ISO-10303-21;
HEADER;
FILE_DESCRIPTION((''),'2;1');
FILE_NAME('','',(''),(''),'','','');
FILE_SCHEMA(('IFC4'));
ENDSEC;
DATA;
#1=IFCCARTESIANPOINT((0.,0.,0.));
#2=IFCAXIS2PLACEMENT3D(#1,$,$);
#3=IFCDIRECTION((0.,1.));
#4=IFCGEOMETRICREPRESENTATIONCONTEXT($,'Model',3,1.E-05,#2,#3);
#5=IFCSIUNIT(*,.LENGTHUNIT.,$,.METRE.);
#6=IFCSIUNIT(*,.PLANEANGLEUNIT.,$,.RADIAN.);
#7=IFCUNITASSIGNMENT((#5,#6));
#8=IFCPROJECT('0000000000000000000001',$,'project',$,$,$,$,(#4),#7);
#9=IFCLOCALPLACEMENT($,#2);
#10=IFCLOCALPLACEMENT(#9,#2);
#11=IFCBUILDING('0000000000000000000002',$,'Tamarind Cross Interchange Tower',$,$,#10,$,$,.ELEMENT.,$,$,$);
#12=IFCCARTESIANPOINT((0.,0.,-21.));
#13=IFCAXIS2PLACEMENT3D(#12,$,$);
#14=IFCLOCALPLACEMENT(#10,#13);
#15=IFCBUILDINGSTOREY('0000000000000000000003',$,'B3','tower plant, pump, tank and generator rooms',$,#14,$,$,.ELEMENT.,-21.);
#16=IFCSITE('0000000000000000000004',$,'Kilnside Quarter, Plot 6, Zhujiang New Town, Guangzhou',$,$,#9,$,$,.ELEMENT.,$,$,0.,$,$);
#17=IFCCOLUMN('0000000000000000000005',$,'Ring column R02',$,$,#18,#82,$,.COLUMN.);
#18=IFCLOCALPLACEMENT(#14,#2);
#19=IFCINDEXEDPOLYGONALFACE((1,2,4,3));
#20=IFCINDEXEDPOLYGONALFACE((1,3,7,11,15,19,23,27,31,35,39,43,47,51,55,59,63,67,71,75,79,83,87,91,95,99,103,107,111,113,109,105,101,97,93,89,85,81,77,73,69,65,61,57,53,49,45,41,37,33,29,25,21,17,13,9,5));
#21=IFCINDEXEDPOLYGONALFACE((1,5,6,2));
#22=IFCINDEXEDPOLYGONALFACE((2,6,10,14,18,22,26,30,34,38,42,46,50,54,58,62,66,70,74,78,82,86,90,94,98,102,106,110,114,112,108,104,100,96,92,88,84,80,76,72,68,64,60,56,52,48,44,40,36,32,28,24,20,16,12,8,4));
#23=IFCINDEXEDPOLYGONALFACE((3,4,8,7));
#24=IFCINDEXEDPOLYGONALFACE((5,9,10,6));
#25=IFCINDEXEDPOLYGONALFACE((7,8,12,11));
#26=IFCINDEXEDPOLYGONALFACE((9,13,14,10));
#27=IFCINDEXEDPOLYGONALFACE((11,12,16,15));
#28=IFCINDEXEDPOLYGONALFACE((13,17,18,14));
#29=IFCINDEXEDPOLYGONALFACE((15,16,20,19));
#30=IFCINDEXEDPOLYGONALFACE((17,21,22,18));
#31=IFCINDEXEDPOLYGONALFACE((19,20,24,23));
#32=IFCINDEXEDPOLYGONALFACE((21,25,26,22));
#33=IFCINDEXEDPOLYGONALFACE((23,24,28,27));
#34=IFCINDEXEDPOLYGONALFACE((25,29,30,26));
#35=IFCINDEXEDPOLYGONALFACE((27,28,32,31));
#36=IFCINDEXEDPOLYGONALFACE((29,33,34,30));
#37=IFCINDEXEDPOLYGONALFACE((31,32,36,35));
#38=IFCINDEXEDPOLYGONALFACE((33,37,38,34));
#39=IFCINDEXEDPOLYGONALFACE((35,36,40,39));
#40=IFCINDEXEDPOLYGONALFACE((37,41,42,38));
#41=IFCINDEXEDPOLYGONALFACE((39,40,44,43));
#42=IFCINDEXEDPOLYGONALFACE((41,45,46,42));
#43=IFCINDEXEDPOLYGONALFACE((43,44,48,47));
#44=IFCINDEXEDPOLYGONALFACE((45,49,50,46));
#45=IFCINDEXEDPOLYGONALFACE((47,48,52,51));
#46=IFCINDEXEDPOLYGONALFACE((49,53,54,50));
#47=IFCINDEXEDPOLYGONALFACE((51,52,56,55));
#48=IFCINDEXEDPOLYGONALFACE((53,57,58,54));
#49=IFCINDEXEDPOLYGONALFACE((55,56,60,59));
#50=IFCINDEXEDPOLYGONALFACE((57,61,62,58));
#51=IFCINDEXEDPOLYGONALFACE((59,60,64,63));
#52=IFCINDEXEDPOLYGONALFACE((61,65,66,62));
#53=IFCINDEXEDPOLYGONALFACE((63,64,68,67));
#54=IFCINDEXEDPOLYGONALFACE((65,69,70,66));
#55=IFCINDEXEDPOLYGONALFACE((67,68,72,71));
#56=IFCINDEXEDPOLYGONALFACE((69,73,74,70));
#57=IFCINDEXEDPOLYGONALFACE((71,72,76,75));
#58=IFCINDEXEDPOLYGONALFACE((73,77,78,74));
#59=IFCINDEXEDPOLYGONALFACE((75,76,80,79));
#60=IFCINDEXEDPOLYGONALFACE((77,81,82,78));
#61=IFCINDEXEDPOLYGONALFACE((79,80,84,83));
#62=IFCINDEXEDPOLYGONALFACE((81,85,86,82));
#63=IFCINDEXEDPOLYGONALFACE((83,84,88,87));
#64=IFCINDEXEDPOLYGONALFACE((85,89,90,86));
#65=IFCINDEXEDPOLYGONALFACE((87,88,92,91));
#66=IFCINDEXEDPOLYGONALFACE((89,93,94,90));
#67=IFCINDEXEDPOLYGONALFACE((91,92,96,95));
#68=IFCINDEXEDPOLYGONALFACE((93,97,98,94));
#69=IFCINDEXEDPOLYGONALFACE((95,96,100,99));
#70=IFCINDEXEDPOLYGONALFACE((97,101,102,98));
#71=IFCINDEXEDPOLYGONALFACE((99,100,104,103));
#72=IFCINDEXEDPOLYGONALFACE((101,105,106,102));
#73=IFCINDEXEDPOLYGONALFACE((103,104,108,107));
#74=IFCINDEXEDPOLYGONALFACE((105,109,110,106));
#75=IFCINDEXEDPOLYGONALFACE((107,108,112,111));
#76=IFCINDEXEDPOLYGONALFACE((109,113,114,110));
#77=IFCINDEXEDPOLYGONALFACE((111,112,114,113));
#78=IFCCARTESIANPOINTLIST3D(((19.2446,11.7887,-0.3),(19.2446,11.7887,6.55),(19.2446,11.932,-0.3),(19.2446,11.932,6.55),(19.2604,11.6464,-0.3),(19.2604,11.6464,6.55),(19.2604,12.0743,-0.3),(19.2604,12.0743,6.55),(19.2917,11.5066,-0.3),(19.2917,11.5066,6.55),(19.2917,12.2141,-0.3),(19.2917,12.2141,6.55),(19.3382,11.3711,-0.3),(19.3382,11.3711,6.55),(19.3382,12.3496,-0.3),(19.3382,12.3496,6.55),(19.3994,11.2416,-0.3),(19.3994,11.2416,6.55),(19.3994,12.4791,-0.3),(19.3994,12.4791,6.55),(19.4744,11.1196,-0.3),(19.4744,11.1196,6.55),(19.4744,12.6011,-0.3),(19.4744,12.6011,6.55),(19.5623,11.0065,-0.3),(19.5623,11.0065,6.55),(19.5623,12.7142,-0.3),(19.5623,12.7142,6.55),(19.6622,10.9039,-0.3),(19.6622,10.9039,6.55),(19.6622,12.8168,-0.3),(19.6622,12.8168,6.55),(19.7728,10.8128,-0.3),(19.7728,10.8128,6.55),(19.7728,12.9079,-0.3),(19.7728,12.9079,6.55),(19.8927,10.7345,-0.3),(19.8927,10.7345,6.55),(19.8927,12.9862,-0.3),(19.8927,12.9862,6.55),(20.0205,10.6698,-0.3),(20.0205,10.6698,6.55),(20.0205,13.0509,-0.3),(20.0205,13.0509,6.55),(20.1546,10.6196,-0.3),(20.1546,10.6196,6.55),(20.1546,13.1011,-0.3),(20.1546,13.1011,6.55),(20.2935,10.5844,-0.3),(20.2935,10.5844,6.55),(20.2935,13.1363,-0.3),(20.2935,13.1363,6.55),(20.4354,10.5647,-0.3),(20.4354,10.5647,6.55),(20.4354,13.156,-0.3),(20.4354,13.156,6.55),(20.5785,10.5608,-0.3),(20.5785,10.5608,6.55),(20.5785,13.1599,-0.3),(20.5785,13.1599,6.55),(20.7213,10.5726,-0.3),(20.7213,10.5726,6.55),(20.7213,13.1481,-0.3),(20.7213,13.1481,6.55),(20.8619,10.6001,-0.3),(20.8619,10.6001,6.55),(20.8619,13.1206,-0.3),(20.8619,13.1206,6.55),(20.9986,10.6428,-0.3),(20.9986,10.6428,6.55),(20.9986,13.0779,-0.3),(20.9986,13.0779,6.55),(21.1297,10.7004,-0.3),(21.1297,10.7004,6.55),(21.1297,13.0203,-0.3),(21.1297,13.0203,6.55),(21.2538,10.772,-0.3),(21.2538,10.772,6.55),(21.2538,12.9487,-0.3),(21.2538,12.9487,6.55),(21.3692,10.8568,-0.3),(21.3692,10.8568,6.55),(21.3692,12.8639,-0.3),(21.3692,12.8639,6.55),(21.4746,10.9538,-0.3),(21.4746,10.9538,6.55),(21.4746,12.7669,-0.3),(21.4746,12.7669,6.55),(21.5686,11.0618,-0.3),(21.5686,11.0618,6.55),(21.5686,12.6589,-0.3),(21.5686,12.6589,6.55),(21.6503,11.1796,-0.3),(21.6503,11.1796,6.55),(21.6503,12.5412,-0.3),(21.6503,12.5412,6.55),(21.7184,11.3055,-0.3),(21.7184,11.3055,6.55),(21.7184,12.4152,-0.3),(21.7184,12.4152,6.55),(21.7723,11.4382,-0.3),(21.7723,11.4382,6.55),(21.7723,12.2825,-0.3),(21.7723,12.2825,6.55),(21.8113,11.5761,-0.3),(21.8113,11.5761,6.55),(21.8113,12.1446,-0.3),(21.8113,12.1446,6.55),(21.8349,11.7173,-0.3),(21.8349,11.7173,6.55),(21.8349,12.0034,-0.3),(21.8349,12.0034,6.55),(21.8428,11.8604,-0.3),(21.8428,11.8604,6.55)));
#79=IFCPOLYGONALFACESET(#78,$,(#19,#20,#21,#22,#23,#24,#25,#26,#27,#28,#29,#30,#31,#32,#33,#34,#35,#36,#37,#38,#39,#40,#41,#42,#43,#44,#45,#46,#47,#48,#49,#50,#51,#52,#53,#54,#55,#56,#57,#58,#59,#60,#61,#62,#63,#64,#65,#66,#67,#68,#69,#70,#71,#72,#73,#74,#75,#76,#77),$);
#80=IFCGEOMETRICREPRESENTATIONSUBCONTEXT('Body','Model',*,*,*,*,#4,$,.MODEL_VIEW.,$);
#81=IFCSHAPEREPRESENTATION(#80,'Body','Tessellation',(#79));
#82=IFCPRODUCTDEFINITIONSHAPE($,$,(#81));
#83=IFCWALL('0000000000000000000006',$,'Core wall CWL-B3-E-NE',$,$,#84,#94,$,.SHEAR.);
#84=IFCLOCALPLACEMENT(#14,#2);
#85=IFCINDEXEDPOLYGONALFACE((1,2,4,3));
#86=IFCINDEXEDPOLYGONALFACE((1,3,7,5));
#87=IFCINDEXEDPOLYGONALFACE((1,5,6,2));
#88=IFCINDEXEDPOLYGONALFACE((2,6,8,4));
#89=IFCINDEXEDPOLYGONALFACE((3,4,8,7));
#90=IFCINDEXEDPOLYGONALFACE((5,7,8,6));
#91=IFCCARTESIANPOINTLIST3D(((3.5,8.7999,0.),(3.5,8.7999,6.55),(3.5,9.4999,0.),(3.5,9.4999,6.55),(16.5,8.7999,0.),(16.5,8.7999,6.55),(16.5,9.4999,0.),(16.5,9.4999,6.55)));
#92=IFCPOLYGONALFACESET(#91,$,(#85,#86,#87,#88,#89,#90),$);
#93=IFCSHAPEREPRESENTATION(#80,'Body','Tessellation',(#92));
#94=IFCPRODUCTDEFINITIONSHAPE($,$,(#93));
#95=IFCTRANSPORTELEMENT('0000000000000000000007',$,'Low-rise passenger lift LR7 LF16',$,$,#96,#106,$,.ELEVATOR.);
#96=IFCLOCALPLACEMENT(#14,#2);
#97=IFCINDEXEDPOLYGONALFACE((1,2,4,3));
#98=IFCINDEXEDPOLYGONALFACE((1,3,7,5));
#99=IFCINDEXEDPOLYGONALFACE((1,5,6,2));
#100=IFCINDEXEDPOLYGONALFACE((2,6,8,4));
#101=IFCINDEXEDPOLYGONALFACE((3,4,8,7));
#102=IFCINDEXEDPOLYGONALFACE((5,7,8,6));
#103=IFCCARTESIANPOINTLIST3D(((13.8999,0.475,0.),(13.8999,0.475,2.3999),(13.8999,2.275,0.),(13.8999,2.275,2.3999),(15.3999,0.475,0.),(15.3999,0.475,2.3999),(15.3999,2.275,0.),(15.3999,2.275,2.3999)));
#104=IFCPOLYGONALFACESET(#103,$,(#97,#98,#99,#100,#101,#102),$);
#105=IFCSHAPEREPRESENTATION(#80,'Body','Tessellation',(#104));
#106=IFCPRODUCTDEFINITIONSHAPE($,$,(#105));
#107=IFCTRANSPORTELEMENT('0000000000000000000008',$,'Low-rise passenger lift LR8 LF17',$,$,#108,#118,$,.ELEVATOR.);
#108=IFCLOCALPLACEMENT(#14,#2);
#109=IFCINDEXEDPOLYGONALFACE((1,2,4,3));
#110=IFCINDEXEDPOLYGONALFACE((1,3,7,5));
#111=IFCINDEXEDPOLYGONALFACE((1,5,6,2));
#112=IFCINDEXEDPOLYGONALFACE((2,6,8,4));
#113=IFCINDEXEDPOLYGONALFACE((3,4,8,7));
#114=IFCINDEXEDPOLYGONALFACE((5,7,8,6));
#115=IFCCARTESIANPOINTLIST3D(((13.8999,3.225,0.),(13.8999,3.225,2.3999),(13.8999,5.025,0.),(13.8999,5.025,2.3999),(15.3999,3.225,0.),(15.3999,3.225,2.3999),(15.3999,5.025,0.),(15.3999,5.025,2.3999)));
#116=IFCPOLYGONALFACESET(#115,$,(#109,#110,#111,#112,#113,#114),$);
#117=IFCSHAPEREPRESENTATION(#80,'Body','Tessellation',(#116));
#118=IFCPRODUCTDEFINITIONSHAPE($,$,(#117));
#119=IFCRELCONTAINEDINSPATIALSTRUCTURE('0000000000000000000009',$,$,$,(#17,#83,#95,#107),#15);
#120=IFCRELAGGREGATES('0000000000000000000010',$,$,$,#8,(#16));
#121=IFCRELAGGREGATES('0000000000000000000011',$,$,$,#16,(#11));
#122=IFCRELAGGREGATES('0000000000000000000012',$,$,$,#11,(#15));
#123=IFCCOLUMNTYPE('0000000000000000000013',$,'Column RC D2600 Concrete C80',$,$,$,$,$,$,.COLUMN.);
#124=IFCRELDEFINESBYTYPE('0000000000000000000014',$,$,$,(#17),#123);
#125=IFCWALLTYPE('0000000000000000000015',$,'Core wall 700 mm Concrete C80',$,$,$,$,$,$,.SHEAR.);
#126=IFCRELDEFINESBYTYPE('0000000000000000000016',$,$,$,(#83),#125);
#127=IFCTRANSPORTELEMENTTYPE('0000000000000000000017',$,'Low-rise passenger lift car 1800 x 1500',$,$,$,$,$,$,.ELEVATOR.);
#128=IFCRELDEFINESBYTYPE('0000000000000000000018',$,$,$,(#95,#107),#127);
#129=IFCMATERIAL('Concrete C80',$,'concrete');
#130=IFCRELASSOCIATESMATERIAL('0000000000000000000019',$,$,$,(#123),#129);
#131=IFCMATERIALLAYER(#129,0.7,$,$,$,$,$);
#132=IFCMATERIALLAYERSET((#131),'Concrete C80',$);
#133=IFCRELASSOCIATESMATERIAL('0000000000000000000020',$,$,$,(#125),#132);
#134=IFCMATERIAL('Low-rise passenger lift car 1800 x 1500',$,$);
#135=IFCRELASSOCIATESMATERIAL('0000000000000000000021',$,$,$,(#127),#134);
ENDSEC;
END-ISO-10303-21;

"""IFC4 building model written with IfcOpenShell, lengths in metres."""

from ifc_helpers import new_model, si_unit, direction, frame, frame_2d, origin, origin_2d, place, context, subcontext, project, spatial, rectangle, circle, extrude, material, layer, layer_set, material_profile, profile_set, type_object, element, save


model = new_model("IFC4")

# Units and contexts
model_context = context("Model", 3, precision=1e-05, world=origin(), true_north=direction((0.0, 1.0)))
body_context = subcontext(model_context, "Body", "Model", "MODEL_VIEW")
ifc_project = project(units=[si_unit("LENGTHUNIT", "METRE"), si_unit("PLANEANGLEUNIT", "RADIAN")], contexts=[model_context])

# Site, building, storey
site_placement = place(None, origin())
site = spatial("IfcSite", under=ifc_project, at=site_placement, Name="Kilnside Quarter, Plot 6, Zhujiang New Town, Guangzhou", CompositionType="ELEMENT", RefElevation=0.0)
building_placement = place(site_placement, origin())
building = spatial("IfcBuilding", under=site, at=building_placement, Name="Tamarind Cross Interchange Tower", CompositionType="ELEMENT")
storey_placement = place(building_placement, frame((0.0, 0.0, -21.0)))
storey = spatial("IfcBuildingStorey", under=building, at=storey_placement, Name="B3", Description="tower plant, pump, tank and generator rooms", CompositionType="ELEMENT", Elevation=-21.0)

# Column
ifc_material_1 = material(Name="Concrete C80", Category="concrete")
ifc_material_profile_1 = material_profile(ifc_material_1, circle(Radius=1.3, at=origin_2d()), Name="RC D2600")
ifc_profile_set_1 = profile_set([ifc_material_profile_1], Name="Concrete C80")
column_type_1 = type_object("IfcColumnType", Name="Column RC D2600 Concrete C80", PredefinedType="COLUMN", material=ifc_profile_set_1)
for number, where, z_axis, x_axis, name in (
    (1, (20.5427, 11.8604, -0.3), (0.0, 0.0, 1.0), (1.0, 0.0, 0.0), "Ring column R02"),
):
    element("IfcColumn", number, at=place(storey_placement, frame(where, z_axis=z_axis, x_axis=x_axis)), inside=storey, type_object=column_type_1, Name=name, PredefinedType="COLUMN", context=body_context, shape_type="SweptSolid", body=[
        extrude(circle(Radius=1.3, at=origin_2d()), origin(), (0.0, 0.0, 1.0), 6.8501),
    ])

# Wall
ifc_layer = layer(ifc_material_1, 0.7)
ifc_layer_set = layer_set([ifc_layer], Name="Concrete C80")
wall_type = type_object("IfcWallType", Name="Core wall 700 mm Concrete C80", PredefinedType="SHEAR", material=ifc_layer_set)
wall_placement = place(storey_placement, frame((16.5, 9.1499, 0.0), z_axis=(0.0, 0.0, 1.0), x_axis=(-1.0, 0.0, 0.0)))
element("IfcWall", 2, at=wall_placement, inside=storey, type_object=wall_type, Name="Core wall CWL-B3-E-NE", PredefinedType="SHEAR", context=body_context, shape_type="SweptSolid", body=[
    extrude(rectangle(XDim=13.0, YDim=0.7, at=frame_2d((6.5, 0.0))), origin(), (0.0, 0.0, 1.0), 6.55),
])

# Transport elements
ifc_material_2 = material(Name="Low-rise passenger lift car 1800 x 1500")
transport_element_type = type_object("IfcTransportElementType", Name="Low-rise passenger lift car 1800 x 1500", PredefinedType="ELEVATOR", material=ifc_material_2)
for number, where, z_axis, x_axis, name in (
    (3, (14.6499, 1.375, 0.0), (0.0, 0.0, 1.0), (1.0, 0.0, 0.0), "Low-rise passenger lift LR7 LF16"),
    (4, (14.6499, 4.125, 0.0), (0.0, 0.0, 1.0), (1.0, 0.0, 0.0), "Low-rise passenger lift LR8 LF17"),
):
    element("IfcTransportElement", number, at=place(storey_placement, frame(where, z_axis=z_axis, x_axis=x_axis)), inside=storey, type_object=transport_element_type, Name=name, PredefinedType="ELEVATOR", context=body_context, shape_type="SweptSolid", body=[
        extrude(rectangle(XDim=1.5, YDim=1.8, at=origin_2d()), origin(), (0.0, 0.0, 1.0), 2.3999),
    ])

save(model, "model.ifc")
